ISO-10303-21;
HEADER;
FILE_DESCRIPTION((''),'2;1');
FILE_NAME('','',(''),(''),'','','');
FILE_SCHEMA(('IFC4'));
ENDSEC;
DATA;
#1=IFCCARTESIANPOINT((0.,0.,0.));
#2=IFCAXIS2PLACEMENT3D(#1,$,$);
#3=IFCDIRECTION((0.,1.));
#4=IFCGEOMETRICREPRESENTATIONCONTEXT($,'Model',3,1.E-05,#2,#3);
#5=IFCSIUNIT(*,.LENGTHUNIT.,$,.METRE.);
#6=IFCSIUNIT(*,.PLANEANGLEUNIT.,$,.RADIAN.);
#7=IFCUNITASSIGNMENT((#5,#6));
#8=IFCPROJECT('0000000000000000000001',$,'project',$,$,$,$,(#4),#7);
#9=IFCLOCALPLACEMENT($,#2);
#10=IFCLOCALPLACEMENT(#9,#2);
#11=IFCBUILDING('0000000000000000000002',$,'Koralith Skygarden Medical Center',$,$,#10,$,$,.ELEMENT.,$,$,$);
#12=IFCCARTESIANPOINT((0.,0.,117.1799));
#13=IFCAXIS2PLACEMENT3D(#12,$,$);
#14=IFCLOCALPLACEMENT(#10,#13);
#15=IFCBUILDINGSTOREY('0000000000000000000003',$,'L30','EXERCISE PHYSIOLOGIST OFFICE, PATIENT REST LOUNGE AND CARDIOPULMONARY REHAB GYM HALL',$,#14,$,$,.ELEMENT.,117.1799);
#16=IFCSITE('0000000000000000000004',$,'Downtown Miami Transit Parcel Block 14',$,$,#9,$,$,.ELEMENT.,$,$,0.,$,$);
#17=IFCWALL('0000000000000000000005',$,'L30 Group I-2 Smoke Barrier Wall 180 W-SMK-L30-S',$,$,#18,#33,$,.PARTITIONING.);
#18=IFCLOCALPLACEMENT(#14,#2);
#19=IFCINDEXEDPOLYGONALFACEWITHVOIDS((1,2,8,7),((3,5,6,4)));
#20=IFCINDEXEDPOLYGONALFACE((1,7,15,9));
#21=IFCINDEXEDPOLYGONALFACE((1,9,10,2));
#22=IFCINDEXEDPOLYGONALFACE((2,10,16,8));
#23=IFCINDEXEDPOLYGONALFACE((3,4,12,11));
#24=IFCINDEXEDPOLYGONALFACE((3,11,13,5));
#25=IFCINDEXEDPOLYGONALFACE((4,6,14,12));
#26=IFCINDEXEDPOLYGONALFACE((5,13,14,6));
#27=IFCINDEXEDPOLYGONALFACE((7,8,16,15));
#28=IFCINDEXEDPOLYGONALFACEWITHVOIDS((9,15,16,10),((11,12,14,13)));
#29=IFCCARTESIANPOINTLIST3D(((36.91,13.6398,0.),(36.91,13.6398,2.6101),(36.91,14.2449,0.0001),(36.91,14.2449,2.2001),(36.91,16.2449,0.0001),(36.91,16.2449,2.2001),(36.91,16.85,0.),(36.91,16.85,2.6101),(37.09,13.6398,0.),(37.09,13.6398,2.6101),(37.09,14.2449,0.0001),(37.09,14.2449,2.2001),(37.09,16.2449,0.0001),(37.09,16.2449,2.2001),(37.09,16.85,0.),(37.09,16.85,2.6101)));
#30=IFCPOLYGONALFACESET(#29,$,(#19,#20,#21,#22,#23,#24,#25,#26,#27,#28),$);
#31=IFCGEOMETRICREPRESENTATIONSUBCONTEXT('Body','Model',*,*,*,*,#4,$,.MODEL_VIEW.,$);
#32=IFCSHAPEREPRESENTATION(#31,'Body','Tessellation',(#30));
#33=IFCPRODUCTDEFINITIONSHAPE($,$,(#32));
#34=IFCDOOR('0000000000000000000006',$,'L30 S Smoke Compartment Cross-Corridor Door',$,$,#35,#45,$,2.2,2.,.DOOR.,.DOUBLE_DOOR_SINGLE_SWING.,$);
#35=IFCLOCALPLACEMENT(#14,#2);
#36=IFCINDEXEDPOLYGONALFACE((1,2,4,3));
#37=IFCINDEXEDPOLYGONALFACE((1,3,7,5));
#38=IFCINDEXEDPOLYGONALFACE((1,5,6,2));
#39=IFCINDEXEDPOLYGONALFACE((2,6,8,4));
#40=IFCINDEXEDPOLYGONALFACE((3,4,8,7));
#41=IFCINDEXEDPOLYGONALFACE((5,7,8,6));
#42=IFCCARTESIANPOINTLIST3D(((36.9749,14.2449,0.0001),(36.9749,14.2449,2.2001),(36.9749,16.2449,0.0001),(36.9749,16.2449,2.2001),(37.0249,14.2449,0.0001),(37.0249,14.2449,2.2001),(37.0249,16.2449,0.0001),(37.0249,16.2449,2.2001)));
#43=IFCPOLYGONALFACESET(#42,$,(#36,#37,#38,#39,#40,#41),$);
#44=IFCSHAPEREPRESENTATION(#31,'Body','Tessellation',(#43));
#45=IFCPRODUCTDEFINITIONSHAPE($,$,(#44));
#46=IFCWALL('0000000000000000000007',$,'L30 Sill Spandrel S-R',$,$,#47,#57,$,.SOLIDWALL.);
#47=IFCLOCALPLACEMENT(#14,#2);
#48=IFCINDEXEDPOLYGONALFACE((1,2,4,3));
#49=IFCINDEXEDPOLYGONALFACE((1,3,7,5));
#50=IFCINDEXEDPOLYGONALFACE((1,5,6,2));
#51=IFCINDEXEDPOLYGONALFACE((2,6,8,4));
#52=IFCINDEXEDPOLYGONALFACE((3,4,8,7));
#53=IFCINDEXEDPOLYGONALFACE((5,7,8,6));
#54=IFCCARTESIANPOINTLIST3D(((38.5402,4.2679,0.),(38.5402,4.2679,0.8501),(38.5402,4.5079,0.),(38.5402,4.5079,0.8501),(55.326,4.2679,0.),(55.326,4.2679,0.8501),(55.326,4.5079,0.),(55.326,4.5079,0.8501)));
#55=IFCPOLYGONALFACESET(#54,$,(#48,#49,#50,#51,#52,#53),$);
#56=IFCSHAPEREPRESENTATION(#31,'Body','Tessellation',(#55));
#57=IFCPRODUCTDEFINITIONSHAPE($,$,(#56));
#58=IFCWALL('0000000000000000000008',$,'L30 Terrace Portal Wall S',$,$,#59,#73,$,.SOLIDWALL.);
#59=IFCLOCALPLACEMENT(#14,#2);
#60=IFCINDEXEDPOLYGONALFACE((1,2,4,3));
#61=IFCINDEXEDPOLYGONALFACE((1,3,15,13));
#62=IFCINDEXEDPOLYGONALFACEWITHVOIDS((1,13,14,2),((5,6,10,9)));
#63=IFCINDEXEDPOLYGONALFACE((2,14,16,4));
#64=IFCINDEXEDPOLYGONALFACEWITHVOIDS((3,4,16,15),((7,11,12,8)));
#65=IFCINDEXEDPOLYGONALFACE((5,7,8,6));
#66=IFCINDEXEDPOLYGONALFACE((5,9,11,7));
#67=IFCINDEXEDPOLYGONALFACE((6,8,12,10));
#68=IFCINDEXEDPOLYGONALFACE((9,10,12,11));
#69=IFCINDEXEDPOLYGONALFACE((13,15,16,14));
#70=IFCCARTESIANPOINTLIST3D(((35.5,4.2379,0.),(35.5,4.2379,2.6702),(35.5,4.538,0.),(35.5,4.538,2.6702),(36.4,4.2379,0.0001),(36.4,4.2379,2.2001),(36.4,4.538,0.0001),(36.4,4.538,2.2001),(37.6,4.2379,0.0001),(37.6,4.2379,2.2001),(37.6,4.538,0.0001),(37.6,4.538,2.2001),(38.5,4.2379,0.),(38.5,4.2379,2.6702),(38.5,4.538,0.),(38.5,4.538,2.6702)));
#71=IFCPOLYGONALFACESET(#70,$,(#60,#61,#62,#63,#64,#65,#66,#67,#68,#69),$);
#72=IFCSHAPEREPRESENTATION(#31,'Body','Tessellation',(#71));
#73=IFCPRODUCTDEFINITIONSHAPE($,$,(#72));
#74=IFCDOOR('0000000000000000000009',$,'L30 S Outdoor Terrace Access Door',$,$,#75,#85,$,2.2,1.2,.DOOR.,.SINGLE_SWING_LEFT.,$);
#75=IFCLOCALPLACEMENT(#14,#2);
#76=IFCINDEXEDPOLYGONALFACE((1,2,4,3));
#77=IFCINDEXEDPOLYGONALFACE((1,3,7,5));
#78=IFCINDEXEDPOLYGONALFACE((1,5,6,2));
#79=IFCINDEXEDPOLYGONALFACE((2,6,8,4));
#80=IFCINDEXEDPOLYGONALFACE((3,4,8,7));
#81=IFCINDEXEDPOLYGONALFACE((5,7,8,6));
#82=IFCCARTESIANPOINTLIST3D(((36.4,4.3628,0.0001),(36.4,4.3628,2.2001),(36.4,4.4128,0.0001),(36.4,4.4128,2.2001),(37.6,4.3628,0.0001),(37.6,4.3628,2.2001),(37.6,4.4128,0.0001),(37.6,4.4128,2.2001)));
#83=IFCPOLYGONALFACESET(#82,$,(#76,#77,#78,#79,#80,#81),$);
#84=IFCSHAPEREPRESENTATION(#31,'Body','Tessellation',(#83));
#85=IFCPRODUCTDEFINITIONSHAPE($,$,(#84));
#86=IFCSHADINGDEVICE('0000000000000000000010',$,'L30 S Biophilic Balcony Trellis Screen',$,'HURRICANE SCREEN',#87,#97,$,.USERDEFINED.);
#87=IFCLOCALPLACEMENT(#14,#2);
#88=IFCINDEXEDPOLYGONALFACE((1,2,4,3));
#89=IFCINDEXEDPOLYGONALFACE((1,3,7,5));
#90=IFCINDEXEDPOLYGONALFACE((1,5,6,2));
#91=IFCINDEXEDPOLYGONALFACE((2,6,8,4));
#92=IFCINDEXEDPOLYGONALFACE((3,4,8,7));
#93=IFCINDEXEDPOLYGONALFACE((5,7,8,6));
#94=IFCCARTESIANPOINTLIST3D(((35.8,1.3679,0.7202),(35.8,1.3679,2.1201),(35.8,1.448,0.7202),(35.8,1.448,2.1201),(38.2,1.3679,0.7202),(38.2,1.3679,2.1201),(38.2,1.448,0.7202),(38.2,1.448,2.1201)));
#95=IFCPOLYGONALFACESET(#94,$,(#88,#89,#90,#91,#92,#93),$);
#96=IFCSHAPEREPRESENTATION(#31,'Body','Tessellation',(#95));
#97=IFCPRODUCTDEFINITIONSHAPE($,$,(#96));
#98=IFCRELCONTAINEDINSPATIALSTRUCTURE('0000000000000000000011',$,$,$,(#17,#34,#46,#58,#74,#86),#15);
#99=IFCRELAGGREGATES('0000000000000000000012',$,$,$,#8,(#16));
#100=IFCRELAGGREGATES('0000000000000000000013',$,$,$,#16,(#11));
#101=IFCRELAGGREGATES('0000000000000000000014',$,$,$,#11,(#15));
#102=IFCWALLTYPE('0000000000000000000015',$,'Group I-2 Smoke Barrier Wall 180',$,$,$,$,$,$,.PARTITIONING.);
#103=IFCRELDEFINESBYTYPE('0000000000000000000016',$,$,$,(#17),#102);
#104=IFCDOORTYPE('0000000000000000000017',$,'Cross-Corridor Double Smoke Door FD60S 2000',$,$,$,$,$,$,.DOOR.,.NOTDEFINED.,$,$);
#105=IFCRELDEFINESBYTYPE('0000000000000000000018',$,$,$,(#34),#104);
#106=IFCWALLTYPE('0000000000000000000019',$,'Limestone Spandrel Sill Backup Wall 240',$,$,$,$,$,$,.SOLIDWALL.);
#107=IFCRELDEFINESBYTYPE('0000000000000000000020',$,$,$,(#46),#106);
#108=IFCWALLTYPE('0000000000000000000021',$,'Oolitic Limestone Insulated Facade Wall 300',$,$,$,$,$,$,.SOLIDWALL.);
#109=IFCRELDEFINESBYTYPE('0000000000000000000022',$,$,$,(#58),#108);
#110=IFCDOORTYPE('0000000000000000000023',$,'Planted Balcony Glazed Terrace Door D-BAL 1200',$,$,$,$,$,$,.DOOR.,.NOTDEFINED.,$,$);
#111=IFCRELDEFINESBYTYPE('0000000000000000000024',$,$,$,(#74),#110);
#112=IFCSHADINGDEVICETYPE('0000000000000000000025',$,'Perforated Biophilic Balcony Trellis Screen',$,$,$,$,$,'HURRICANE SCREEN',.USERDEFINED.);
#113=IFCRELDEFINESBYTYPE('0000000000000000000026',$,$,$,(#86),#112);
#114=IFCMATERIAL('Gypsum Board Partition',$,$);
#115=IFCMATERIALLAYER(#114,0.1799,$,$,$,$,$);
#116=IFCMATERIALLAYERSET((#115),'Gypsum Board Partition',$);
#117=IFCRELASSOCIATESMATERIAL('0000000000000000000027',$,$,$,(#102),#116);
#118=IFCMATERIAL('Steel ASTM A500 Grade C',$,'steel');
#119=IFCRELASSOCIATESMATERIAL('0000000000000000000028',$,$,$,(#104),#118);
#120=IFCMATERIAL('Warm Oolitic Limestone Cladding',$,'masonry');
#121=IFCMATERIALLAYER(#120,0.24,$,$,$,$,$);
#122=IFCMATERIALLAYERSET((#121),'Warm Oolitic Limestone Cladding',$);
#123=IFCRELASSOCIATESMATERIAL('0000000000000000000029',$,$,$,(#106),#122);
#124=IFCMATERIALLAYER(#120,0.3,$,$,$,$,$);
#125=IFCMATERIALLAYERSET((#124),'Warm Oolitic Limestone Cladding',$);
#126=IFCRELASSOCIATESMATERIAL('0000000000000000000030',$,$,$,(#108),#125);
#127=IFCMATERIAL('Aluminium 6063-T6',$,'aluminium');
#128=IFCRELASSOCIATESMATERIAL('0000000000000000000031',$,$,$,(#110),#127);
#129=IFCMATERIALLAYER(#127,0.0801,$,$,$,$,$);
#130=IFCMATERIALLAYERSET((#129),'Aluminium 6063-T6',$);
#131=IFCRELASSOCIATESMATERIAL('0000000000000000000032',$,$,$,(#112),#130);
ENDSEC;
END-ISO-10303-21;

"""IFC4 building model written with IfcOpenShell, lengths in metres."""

from ifc_helpers import new_model, si_unit, direction, frame, frame_2d, origin, origin_2d, place, context, subcontext, project, spatial, rectangle, extrude, material, layer, layer_set, type_object, element, fill, save


model = new_model("IFC4")

# Units and contexts
model_context = context("Model", 3, precision=1e-05, world=origin(), true_north=direction((0.0, 1.0)))
body_context = subcontext(model_context, "Body", "Model", "MODEL_VIEW")
ifc_project = project(units=[si_unit("LENGTHUNIT", "METRE"), si_unit("PLANEANGLEUNIT", "RADIAN")], contexts=[model_context])

# Site, building, storey
site_placement = place(None, origin())
site = spatial("IfcSite", under=ifc_project, at=site_placement, Name="Downtown Miami Transit Parcel Block 14", CompositionType="ELEMENT", RefElevation=0.0)
building_placement = place(site_placement, origin())
building = spatial("IfcBuilding", under=site, at=building_placement, Name="Koralith Skygarden Medical Center", CompositionType="ELEMENT")
storey_placement = place(building_placement, frame((0.0, 0.0, 117.1799)))
storey = spatial("IfcBuildingStorey", under=building, at=storey_placement, Name="L30", Description="EXERCISE PHYSIOLOGIST OFFICE, PATIENT REST LOUNGE AND CARDIOPULMONARY REHAB GYM HALL", CompositionType="ELEMENT", Elevation=117.1799)

# Shared definitions
ifc_material_1 = material(Name="Aluminium 6063-T6", Category="aluminium")

# Shared definitions
ifc_material_2 = material(Name="Gypsum Board Partition")

# Wall, opening, door
ifc_layer_1 = layer(ifc_material_2, 0.1799)
ifc_layer_set_1 = layer_set([ifc_layer_1], Name="Gypsum Board Partition")
wall_type_1 = type_object("IfcWallType", Name="Group I-2 Smoke Barrier Wall 180", PredefinedType="PARTITIONING", material=ifc_layer_set_1)
wall_1_placement = place(storey_placement, frame((37.0, 13.6399, 0.0), z_axis=(0.0, 0.0, 1.0), x_axis=(0.0, 1.0, 0.0)))
wall_1 = element("IfcWall", 1, at=wall_1_placement, inside=storey, type_object=wall_type_1, Name="L30 Group I-2 Smoke Barrier Wall 180 W-SMK-L30-S", PredefinedType="PARTITIONING", context=body_context, shape_type="SweptSolid", body=[
    extrude(rectangle(XDim=3.2102, YDim=0.1799, at=frame_2d((1.605, 0.0))), origin(), (0.0, 0.0, 1.0), 2.6101),
])
opening_1_placement = place(wall_1_placement, frame((0.605, 0.0, 0.0)))
opening_1 = element("IfcOpeningElement", 2, at=opening_1_placement, cuts=wall_1, PredefinedType="OPENING", context=body_context, shape_type="SweptSolid", body=[
    extrude(rectangle(XDim=2.0, YDim=2.2, at=frame_2d((1.0, 1.1001))), frame((0.0, 0.0999, 0.0), z_axis=(0.0, -1.0, 0.0), x_axis=(1.0, 0.0, 0.0)), (0.0, 0.0, 1.0), 0.2),
])
ifc_material_3 = material(Name="Steel ASTM A500 Grade C", Category="steel")
door_type_1 = type_object("IfcDoorType", Name="Cross-Corridor Double Smoke Door FD60S 2000", OperationType="NOTDEFINED", PredefinedType="DOOR", material=ifc_material_3)
door_1_placement = place(opening_1_placement, frame((2.0, 0.0, 0.0), z_axis=(0.0, 0.0, 1.0), x_axis=(-1.0, 0.0, 0.0)))
door_1 = element("IfcDoor", 3, at=door_1_placement, inside=storey, type_object=door_type_1, Name="L30 S Smoke Compartment Cross-Corridor Door", OperationType="DOUBLE_DOOR_SINGLE_SWING", OverallHeight=2.2, OverallWidth=2.0, PredefinedType="DOOR", context=body_context, shape_type="SweptSolid", body=[
    extrude(rectangle(XDim=2.0, YDim=2.2, at=frame_2d((1.0, 1.1001))), frame((0.0, 0.0249, 0.0), z_axis=(0.0, -1.0, 0.0), x_axis=(1.0, 0.0, 0.0)), (0.0, 0.0, 1.0), 0.05),
])
fill(opening_1, door_1)

# Wall
ifc_material_4 = material(Name="Warm Oolitic Limestone Cladding", Category="masonry")
ifc_layer_2 = layer(ifc_material_4, 0.24)
ifc_layer_set_2 = layer_set([ifc_layer_2], Name="Warm Oolitic Limestone Cladding")
wall_type_2 = type_object("IfcWallType", Name="Limestone Spandrel Sill Backup Wall 240", PredefinedType="SOLIDWALL", material=ifc_layer_set_2)
wall_2_placement = place(storey_placement, frame((38.54, 4.3879, 0.0), z_axis=(0.0, 0.0, 1.0), x_axis=(1.0, 0.0, 0.0)))
element("IfcWall", 4, at=wall_2_placement, inside=storey, type_object=wall_type_2, Name="L30 Sill Spandrel S-R", PredefinedType="SOLIDWALL", context=body_context, shape_type="SweptSolid", body=[
    extrude(rectangle(XDim=16.7859, YDim=0.24, at=frame_2d((8.3931, 0.0))), origin(), (0.0, 0.0, 1.0), 0.8501),
])

# Wall, opening, door
ifc_layer_3 = layer(ifc_material_4, 0.3)
ifc_layer_set_3 = layer_set([ifc_layer_3], Name="Warm Oolitic Limestone Cladding")
wall_type_3 = type_object("IfcWallType", Name="Oolitic Limestone Insulated Facade Wall 300", PredefinedType="SOLIDWALL", material=ifc_layer_set_3)
wall_3_placement = place(storey_placement, frame((35.5, 4.3879, 0.0), z_axis=(0.0, 0.0, 1.0), x_axis=(1.0, 0.0, 0.0)))
wall_3 = element("IfcWall", 5, at=wall_3_placement, inside=storey, type_object=wall_type_3, Name="L30 Terrace Portal Wall S", PredefinedType="SOLIDWALL", context=body_context, shape_type="SweptSolid", body=[
    extrude(rectangle(XDim=3.0, YDim=0.3, at=frame_2d((1.5, 0.0))), origin(), (0.0, 0.0, 1.0), 2.6702),
])
opening_2_placement = place(wall_3_placement, frame((0.8999, 0.0, 0.0)))
opening_2 = element("IfcOpeningElement", 6, at=opening_2_placement, cuts=wall_3, PredefinedType="OPENING", context=body_context, shape_type="SweptSolid", body=[
    extrude(rectangle(XDim=1.2, YDim=2.2, at=frame_2d((0.6001, 1.1001))), frame((0.0, 0.1599, 0.0), z_axis=(0.0, -1.0, 0.0), x_axis=(1.0, 0.0, 0.0)), (0.0, 0.0, 1.0), 0.3201),
])
door_type_2 = type_object("IfcDoorType", Name="Planted Balcony Glazed Terrace Door D-BAL 1200", OperationType="NOTDEFINED", PredefinedType="DOOR", material=ifc_material_1)
door_2_placement = place(opening_2_placement, origin())
door_2 = element("IfcDoor", 7, at=door_2_placement, inside=storey, type_object=door_type_2, Name="L30 S Outdoor Terrace Access Door", OperationType="SINGLE_SWING_LEFT", OverallHeight=2.2, OverallWidth=1.2, PredefinedType="DOOR", context=body_context, shape_type="SweptSolid", body=[
    extrude(rectangle(XDim=1.2, YDim=2.2, at=frame_2d((0.6001, 1.1001))), frame((0.0, 0.0249, 0.0), z_axis=(0.0, -1.0, 0.0), x_axis=(1.0, 0.0, 0.0)), (0.0, 0.0, 1.0), 0.05),
])
fill(opening_2, door_2)

# Shading device
ifc_layer_4 = layer(ifc_material_1, 0.0801)
ifc_layer_set_4 = layer_set([ifc_layer_4], Name="Aluminium 6063-T6")
shading_device_type = type_object("IfcShadingDeviceType", Name="Perforated Biophilic Balcony Trellis Screen", ElementType="HURRICANE SCREEN", PredefinedType="USERDEFINED", material=ifc_layer_set_4)
shading_device_placement = place(storey_placement, frame((37.0, 1.408, 0.7202), z_axis=(0.0, 0.0, 1.0), x_axis=(1.0, 0.0, 0.0)))
element("IfcShadingDevice", 8, at=shading_device_placement, inside=storey, type_object=shading_device_type, Name="L30 S Biophilic Balcony Trellis Screen", ObjectType="HURRICANE SCREEN", PredefinedType="USERDEFINED", context=body_context, shape_type="SweptSolid", body=[
    extrude(rectangle(XDim=2.3999, YDim=0.0801, at=origin_2d()), origin(), (0.0, 0.0, 1.0), 1.3999),
])

save(model, "model.ifc")
